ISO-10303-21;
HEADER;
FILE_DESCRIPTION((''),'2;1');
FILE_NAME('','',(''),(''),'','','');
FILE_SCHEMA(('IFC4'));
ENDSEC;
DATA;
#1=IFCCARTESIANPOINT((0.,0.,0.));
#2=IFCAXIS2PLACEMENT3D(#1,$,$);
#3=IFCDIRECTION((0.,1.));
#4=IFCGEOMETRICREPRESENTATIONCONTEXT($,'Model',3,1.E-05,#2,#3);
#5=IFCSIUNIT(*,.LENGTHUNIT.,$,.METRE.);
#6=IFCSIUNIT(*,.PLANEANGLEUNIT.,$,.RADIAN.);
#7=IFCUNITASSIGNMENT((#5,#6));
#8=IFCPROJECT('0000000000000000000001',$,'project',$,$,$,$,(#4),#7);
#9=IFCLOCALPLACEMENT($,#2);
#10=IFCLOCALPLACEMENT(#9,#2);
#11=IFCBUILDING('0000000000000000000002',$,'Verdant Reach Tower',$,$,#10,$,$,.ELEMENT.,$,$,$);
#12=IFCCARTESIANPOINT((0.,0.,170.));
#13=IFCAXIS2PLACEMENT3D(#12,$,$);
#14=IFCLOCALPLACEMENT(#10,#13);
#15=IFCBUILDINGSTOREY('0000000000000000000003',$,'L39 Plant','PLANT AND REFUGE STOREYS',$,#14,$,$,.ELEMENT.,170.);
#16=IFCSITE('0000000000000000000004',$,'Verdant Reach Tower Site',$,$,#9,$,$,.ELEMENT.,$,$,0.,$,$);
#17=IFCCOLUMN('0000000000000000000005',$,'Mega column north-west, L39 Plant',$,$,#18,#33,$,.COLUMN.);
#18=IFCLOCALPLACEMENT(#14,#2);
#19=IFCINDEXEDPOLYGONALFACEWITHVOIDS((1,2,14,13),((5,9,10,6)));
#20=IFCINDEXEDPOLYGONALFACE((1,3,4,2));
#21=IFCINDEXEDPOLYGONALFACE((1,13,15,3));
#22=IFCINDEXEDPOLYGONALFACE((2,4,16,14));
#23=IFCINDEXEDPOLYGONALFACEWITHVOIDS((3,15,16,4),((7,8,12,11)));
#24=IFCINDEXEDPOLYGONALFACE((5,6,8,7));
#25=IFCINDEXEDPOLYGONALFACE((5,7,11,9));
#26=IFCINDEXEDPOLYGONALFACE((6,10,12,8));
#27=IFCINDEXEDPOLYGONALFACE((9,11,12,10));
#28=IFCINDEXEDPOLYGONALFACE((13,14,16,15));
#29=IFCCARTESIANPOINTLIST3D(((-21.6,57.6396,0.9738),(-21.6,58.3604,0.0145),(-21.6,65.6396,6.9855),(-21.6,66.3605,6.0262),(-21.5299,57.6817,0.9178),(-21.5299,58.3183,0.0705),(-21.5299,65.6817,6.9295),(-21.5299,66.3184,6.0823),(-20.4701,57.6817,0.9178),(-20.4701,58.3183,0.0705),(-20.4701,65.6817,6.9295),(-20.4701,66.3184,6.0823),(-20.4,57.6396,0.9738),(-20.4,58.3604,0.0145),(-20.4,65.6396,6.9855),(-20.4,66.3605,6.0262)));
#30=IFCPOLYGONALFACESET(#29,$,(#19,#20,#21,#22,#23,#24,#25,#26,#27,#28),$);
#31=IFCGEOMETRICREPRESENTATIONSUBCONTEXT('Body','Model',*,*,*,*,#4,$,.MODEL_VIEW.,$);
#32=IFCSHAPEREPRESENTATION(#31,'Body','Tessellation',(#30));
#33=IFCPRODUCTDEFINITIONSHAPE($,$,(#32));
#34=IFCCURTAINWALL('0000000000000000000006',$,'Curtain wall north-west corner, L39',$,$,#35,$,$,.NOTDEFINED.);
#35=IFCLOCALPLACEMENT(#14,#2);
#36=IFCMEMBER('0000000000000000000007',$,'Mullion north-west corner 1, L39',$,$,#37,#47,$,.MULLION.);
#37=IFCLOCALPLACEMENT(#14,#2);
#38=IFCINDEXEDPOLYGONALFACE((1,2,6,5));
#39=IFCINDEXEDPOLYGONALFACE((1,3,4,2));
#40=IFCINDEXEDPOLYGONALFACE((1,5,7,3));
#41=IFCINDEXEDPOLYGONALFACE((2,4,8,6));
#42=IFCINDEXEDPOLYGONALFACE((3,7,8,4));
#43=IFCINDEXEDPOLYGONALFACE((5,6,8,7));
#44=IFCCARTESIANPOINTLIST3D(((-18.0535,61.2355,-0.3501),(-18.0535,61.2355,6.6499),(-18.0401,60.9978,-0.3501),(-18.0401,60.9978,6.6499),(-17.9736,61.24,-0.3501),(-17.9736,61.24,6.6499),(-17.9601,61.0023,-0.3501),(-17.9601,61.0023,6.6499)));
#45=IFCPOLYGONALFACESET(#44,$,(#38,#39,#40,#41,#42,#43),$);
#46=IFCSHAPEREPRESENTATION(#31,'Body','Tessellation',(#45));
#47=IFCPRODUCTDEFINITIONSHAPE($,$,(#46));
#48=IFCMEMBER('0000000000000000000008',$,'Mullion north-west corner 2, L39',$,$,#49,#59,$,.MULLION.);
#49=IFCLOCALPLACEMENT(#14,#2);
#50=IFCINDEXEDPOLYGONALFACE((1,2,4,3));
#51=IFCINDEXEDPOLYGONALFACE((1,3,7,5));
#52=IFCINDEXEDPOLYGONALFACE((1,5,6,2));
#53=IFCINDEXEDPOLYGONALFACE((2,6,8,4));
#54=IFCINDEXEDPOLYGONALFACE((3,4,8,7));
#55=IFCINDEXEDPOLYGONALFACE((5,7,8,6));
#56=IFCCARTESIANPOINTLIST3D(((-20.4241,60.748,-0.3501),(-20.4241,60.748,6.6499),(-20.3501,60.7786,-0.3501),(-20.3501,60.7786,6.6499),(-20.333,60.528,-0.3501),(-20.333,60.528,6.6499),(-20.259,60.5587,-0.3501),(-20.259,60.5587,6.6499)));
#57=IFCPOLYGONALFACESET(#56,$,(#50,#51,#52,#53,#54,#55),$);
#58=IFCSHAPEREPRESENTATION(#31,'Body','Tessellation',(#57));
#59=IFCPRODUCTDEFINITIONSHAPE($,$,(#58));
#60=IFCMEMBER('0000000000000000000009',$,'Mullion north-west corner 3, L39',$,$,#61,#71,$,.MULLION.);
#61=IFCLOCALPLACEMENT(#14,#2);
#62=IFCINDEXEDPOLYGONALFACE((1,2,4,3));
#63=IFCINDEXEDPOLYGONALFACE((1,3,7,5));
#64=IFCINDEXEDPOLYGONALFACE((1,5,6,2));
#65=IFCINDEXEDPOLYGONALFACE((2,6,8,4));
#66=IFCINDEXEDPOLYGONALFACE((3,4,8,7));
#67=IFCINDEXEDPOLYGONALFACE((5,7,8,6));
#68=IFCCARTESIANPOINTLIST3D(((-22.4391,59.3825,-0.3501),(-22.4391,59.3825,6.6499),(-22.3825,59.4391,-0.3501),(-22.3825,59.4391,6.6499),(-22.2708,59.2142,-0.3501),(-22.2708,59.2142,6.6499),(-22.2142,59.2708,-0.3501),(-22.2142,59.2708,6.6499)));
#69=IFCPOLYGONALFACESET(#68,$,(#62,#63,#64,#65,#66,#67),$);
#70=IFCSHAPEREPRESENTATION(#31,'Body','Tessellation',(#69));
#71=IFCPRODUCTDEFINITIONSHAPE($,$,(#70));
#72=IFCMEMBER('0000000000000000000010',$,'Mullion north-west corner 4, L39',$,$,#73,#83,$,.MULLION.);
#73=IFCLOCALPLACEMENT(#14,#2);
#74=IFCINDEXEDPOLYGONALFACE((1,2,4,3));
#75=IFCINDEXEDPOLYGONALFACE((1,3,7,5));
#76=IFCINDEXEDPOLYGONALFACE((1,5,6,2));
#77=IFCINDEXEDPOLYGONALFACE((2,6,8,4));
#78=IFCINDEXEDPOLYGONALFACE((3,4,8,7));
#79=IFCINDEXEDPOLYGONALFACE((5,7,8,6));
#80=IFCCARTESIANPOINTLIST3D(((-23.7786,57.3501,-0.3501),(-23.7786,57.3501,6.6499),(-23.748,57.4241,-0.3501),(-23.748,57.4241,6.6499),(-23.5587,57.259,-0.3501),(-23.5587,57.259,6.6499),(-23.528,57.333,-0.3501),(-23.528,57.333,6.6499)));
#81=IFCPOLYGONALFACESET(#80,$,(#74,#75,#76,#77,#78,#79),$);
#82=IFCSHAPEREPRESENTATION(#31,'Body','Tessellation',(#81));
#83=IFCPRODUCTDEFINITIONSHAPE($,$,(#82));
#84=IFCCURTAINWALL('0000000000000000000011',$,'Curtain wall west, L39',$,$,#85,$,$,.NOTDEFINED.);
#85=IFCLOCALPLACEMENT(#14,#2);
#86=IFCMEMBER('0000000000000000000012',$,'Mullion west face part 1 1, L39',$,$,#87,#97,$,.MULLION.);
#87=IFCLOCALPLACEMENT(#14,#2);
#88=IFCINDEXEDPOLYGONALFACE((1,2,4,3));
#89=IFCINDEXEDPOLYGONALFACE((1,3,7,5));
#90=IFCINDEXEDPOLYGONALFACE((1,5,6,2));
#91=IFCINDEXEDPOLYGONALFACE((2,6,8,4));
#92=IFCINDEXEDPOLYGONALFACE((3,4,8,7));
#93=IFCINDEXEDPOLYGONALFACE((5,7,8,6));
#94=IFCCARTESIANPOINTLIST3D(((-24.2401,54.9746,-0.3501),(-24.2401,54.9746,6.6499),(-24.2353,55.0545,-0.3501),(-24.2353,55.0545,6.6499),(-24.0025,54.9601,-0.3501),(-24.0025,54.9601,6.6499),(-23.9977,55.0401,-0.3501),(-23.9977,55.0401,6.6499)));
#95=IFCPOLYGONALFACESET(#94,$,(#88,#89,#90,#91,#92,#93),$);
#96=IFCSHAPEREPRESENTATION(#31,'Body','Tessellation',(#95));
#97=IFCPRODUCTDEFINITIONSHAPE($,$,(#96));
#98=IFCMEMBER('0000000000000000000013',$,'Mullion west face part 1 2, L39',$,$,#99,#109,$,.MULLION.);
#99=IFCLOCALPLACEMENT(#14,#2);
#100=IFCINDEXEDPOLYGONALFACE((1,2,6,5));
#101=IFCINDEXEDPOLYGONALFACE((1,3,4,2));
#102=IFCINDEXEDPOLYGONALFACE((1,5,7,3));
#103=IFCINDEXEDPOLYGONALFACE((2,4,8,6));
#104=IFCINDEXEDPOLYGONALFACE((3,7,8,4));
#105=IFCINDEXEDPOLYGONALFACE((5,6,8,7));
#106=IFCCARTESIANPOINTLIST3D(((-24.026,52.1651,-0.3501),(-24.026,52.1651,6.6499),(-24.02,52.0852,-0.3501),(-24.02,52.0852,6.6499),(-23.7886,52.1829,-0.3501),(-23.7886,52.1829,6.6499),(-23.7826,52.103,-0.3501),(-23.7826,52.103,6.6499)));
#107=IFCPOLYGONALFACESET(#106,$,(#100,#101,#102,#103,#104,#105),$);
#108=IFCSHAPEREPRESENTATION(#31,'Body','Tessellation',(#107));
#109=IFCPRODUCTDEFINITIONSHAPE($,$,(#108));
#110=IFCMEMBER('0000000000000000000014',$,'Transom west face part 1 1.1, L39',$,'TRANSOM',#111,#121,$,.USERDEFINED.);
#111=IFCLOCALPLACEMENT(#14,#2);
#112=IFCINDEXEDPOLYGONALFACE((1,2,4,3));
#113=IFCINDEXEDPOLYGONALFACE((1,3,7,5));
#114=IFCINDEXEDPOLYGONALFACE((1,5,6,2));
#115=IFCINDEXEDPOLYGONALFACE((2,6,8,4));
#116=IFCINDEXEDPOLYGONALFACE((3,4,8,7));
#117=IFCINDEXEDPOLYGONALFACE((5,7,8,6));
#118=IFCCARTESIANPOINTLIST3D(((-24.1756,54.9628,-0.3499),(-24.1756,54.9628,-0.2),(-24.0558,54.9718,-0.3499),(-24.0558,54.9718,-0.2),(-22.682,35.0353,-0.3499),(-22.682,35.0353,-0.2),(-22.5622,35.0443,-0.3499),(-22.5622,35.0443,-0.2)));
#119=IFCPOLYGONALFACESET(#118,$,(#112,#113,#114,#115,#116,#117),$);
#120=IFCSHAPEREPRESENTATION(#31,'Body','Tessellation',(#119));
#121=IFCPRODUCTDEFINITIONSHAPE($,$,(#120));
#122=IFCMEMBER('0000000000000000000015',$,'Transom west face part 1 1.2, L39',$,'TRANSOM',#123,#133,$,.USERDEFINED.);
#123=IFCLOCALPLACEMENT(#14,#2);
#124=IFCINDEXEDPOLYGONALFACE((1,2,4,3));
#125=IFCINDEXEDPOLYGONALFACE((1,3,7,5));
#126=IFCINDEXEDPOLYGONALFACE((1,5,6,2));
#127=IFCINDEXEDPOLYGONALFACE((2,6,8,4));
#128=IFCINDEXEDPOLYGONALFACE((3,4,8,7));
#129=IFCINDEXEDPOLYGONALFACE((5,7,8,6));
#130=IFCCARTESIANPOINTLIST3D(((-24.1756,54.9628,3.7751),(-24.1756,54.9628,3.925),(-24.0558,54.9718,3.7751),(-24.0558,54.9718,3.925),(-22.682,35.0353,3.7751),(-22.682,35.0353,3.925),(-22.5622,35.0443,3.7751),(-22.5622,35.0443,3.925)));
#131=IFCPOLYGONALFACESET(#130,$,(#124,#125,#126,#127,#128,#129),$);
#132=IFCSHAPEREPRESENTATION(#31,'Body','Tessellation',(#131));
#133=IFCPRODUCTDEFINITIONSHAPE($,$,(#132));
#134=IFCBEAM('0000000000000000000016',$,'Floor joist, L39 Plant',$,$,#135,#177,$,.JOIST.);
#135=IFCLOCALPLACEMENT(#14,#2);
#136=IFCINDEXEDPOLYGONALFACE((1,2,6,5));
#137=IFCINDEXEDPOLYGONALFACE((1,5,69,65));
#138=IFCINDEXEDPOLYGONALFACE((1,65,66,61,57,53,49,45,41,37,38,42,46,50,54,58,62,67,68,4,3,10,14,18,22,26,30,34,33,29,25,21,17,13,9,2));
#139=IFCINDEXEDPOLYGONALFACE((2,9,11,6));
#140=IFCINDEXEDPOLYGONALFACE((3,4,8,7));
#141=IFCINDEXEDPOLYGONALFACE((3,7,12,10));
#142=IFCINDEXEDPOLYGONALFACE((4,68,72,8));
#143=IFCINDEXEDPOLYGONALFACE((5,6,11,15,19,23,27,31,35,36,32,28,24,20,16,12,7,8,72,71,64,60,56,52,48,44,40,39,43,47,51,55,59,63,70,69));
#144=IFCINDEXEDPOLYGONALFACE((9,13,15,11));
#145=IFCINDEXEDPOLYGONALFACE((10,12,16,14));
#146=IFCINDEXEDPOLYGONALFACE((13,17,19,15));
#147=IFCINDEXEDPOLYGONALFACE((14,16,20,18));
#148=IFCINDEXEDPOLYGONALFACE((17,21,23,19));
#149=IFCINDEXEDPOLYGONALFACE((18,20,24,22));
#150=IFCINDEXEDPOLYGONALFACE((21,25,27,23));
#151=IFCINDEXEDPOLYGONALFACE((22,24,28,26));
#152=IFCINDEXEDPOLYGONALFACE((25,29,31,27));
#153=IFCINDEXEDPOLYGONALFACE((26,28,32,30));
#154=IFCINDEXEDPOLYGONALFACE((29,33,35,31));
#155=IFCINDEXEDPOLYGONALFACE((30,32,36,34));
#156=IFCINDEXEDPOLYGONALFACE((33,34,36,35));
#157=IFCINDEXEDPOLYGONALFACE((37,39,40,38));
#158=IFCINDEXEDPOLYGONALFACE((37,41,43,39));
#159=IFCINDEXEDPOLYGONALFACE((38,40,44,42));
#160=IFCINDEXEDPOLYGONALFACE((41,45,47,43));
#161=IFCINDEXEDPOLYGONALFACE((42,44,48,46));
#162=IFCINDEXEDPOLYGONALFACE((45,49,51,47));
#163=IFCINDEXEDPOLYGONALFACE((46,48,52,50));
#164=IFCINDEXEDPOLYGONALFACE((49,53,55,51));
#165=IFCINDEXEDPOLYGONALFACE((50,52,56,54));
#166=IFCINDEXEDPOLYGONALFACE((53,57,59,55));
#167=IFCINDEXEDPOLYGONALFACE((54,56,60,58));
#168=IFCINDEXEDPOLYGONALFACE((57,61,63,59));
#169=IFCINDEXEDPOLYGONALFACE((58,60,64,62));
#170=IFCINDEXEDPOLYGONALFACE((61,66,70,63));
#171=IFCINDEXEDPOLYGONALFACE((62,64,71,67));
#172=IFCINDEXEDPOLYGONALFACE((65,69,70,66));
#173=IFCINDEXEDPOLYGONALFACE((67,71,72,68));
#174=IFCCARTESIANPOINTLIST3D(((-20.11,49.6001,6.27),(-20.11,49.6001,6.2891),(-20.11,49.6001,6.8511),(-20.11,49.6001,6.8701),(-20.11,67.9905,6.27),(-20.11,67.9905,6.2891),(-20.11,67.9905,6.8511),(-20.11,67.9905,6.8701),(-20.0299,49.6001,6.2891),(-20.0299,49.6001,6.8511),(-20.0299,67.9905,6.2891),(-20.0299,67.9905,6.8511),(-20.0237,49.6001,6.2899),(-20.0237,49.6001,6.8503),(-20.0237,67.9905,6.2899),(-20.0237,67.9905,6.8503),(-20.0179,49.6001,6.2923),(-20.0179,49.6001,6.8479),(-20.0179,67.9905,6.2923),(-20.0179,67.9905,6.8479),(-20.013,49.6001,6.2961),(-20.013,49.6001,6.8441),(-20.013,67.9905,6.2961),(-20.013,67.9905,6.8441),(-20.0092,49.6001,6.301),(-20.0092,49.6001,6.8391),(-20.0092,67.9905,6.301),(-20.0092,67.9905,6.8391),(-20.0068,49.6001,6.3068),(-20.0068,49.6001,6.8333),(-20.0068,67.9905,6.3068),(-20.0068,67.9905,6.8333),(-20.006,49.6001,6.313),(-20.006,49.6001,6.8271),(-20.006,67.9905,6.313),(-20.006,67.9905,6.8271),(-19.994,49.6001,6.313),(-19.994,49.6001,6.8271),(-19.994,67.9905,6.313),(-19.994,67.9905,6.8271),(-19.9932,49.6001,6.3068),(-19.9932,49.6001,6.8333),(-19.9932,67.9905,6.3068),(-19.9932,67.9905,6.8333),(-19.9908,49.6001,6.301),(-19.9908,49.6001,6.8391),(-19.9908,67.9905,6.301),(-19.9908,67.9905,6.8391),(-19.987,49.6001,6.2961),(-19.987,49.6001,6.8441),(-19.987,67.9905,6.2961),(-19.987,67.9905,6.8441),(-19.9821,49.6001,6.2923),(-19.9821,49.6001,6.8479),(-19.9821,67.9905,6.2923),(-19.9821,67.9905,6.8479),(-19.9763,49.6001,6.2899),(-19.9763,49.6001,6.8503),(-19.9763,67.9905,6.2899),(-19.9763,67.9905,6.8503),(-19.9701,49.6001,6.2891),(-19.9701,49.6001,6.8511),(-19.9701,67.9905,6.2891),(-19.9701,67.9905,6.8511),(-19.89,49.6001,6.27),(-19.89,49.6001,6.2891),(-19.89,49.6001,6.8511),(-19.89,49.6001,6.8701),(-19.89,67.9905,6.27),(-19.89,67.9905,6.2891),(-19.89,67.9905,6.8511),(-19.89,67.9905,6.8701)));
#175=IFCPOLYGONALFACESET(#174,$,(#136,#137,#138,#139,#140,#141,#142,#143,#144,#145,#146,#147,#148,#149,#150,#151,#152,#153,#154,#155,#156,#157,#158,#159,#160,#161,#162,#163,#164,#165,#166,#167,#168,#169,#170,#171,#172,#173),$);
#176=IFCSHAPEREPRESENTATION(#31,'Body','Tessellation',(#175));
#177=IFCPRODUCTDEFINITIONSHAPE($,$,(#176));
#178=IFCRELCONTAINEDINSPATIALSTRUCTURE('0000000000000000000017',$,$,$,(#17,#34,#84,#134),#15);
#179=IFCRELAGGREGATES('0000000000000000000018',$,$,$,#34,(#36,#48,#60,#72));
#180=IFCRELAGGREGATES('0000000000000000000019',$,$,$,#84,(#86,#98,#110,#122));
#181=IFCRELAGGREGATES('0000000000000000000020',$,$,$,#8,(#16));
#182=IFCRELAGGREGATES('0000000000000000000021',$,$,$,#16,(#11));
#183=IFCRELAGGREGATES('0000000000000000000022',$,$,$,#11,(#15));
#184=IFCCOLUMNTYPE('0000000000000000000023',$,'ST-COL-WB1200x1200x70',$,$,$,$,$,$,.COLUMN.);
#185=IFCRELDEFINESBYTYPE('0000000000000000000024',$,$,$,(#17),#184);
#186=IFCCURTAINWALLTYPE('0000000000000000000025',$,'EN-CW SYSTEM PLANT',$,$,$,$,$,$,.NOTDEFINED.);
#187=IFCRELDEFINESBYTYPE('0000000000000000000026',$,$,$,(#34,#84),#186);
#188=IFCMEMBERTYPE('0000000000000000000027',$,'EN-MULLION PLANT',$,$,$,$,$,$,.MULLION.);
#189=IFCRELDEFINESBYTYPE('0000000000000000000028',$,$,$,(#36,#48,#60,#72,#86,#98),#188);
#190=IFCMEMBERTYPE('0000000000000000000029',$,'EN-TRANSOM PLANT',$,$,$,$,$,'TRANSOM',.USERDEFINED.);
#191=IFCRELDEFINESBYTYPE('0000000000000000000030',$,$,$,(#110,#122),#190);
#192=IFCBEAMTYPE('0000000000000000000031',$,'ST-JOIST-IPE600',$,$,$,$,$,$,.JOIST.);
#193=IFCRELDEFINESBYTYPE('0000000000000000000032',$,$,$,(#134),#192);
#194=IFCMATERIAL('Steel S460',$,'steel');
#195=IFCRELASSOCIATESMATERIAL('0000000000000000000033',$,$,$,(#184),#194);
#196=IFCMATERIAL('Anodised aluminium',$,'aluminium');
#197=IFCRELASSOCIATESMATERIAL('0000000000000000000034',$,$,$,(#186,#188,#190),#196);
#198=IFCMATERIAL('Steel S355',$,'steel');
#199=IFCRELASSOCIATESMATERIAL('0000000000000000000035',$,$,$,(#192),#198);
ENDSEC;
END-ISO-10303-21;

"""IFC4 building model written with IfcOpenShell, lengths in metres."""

from ifc_helpers import new_model, si_unit, direction, frame, origin, origin_2d, place, context, subcontext, project, spatial, rectangle, hollow_rectangle, i_section, extrude, material, material_profile, profile_set, type_object, element, aggregate, save


model = new_model("IFC4")

# Units and contexts
model_context = context("Model", 3, precision=1e-05, world=origin(), true_north=direction((0.0, 1.0)))
body_context = subcontext(model_context, "Body", "Model", "MODEL_VIEW")
ifc_project = project(units=[si_unit("LENGTHUNIT", "METRE"), si_unit("PLANEANGLEUNIT", "RADIAN")], contexts=[model_context])

# Site, building, storey
site_placement = place(None, origin())
site = spatial("IfcSite", under=ifc_project, at=site_placement, Name="Verdant Reach Tower Site", CompositionType="ELEMENT", RefElevation=0.0)
building_placement = place(site_placement, origin())
building = spatial("IfcBuilding", under=site, at=building_placement, Name="Verdant Reach Tower", CompositionType="ELEMENT")
storey_placement = place(building_placement, frame((0.0, 0.0, 170.0)))
storey = spatial("IfcBuildingStorey", under=building, at=storey_placement, Name="L39 Plant", Description="PLANT AND REFUGE STOREYS", CompositionType="ELEMENT", Elevation=170.0)

# Column
ifc_material_1 = material(Name="Steel S460", Category="steel")
ifc_material_profile_1 = material_profile(ifc_material_1, hollow_rectangle(XDim=1.2, YDim=1.2, WallThickness=0.0701, at=origin_2d()), Name="WB 1200x1200x70")
ifc_profile_set_1 = profile_set([ifc_material_profile_1], Name="Steel S460")
column_type = type_object("IfcColumnType", Name="ST-COL-WB1200x1200x70", PredefinedType="COLUMN", material=ifc_profile_set_1)
column_placement = place(storey_placement, frame((-21.0, 58.0, 0.4941), z_axis=(0.0, 0.799438, 0.600749), x_axis=(-1.0, 0.0, 0.0)))
element("IfcColumn", 1, at=column_placement, inside=storey, type_object=column_type, Name="Mega column north-west, L39 Plant", PredefinedType="COLUMN", context=body_context, shape_type="SweptSolid", body=[
    extrude(hollow_rectangle(XDim=1.2, YDim=1.2, WallThickness=0.0701, at=origin_2d()), origin(), (0.0, 0.0, 1.0), 10.0071),
])

# Curtain walls, members
ifc_material_2 = material(Name="Anodised aluminium", Category="aluminium")
curtain_wall_type = type_object("IfcCurtainWallType", Name="EN-CW SYSTEM PLANT", PredefinedType="NOTDEFINED", material=ifc_material_2)
curtain_wall_1_placement = place(storey_placement, origin())
curtain_wall_1 = element("IfcCurtainWall", 2, at=curtain_wall_1_placement, inside=storey, type_object=curtain_wall_type, Name="Curtain wall north-west corner, L39", PredefinedType="NOTDEFINED")
ifc_material_profile_2 = material_profile(ifc_material_2, rectangle(XDim=0.238, YDim=0.0801, at=origin_2d()), Name="Mullion 80x240")
ifc_profile_set_2 = profile_set([ifc_material_profile_2], Name="Anodised aluminium")
member_type_1 = type_object("IfcMemberType", Name="EN-MULLION PLANT", PredefinedType="MULLION", material=ifc_profile_set_2)
member_1_placement = place(storey_placement, frame((-18.0068, 61.1189, -0.3501), z_axis=(0.0, 0.0, 1.0), x_axis=(-0.056569, 0.998399, 0.0)))
member_1 = element("IfcMember", 3, at=member_1_placement, type_object=member_type_1, Name="Mullion north-west corner 1, L39", PredefinedType="MULLION", context=body_context, shape_type="SweptSolid", body=[
    extrude(rectangle(XDim=0.238, YDim=0.0801, at=origin_2d()), origin(), (0.0, 0.0, 1.0), 7.0),
])
member_2_placement = place(storey_placement, frame((-20.3416, 60.6533, -0.3501), z_axis=(0.0, 0.0, 1.0), x_axis=(-0.382694, 0.923875, 0.0)))
member_2 = element("IfcMember", 4, at=member_2_placement, type_object=member_type_1, Name="Mullion north-west corner 2, L39", PredefinedType="MULLION", context=body_context, shape_type="SweptSolid", body=[
    extrude(rectangle(XDim=0.238, YDim=0.0801, at=origin_2d()), origin(), (0.0, 0.0, 1.0), 7.0),
])
member_3_placement = place(storey_placement, frame((-22.3267, 59.3267, -0.3501), z_axis=(0.0, 0.0, 1.0), x_axis=(-0.707107, 0.707107, 0.0)))
member_3 = element("IfcMember", 5, at=member_3_placement, type_object=member_type_1, Name="Mullion north-west corner 3, L39", PredefinedType="MULLION", context=body_context, shape_type="SweptSolid", body=[
    extrude(rectangle(XDim=0.238, YDim=0.0801, at=origin_2d()), origin(), (0.0, 0.0, 1.0), 7.0),
])
member_4_placement = place(storey_placement, frame((-23.6533, 57.3416, -0.3501), z_axis=(0.0, 0.0, 1.0), x_axis=(-0.923875, 0.382694, 0.0)))
member_4 = element("IfcMember", 6, at=member_4_placement, type_object=member_type_1, Name="Mullion north-west corner 4, L39", PredefinedType="MULLION", context=body_context, shape_type="SweptSolid", body=[
    extrude(rectangle(XDim=0.238, YDim=0.0801, at=origin_2d()), origin(), (0.0, 0.0, 1.0), 7.0),
])
curtain_wall_2_placement = place(storey_placement, origin())
curtain_wall_2 = element("IfcCurtainWall", 7, at=curtain_wall_2_placement, inside=storey, type_object=curtain_wall_type, Name="Curtain wall west, L39", PredefinedType="NOTDEFINED")
member_5_placement = place(storey_placement, frame((-24.1189, 55.0073, -0.3501), z_axis=(0.0, 0.0, 1.0), x_axis=(-0.998156, 0.060703, 0.0)))
member_5 = element("IfcMember", 8, at=member_5_placement, type_object=member_type_1, Name="Mullion west face part 1 1, L39", PredefinedType="MULLION", context=body_context, shape_type="SweptSolid", body=[
    extrude(rectangle(XDim=0.238, YDim=0.0801, at=origin_2d()), origin(), (0.0, 0.0, 1.0), 7.0),
])
member_6_placement = place(storey_placement, frame((-23.9043, 52.134, -0.3501), z_axis=(0.0, 0.0, 1.0), x_axis=(-0.997199, -0.07479, 0.0)))
member_6 = element("IfcMember", 9, at=member_6_placement, type_object=member_type_1, Name="Mullion west face part 1 2, L39", PredefinedType="MULLION", context=body_context, shape_type="SweptSolid", body=[
    extrude(rectangle(XDim=0.238, YDim=0.0801, at=origin_2d()), origin(), (0.0, 0.0, 1.0), 7.0),
])
ifc_material_profile_3 = material_profile(ifc_material_2, rectangle(XDim=0.1201, YDim=0.1499, at=origin_2d()), Name="Transom 150x120")
ifc_profile_set_3 = profile_set([ifc_material_profile_3], Name="Anodised aluminium")
member_type_2 = type_object("IfcMemberType", Name="EN-TRANSOM PLANT", ElementType="TRANSOM", PredefinedType="USERDEFINED", material=ifc_profile_set_3)
member_7_placement = place(storey_placement, frame((-24.1157, 54.9673, -0.2749), z_axis=(0.074745, -0.997203, 0.0), x_axis=(0.997203, 0.074745, 0.0)))
member_7 = element("IfcMember", 10, at=member_7_placement, type_object=member_type_2, Name="Transom west face part 1 1.1, L39", ObjectType="TRANSOM", PredefinedType="USERDEFINED", context=body_context, shape_type="SweptSolid", body=[
    extrude(rectangle(XDim=0.1201, YDim=0.1499, at=origin_2d()), origin(), (0.0, 0.0, 1.0), 19.9834),
])
member_8_placement = place(storey_placement, frame((-24.1157, 54.9673, 3.8501), z_axis=(0.074745, -0.997203, 0.0), x_axis=(0.997203, 0.074745, 0.0)))
member_8 = element("IfcMember", 11, at=member_8_placement, type_object=member_type_2, Name="Transom west face part 1 1.2, L39", ObjectType="TRANSOM", PredefinedType="USERDEFINED", context=body_context, shape_type="SweptSolid", body=[
    extrude(rectangle(XDim=0.1201, YDim=0.1499, at=origin_2d()), origin(), (0.0, 0.0, 1.0), 19.9834),
])

# Beam
ifc_material_3 = material(Name="Steel S355", Category="steel")
ifc_material_profile_4 = material_profile(ifc_material_3, i_section(OverallWidth=0.22, OverallDepth=0.6001, WebThickness=0.012, FlangeThickness=0.019, FilletRadius=0.0239, at=origin_2d()), Name="IPE 600")
ifc_profile_set_4 = profile_set([ifc_material_profile_4], Name="Steel S355")
beam_type_1 = type_object("IfcBeamType", Name="ST-JOIST-IPE600", PredefinedType="JOIST", material=ifc_profile_set_4)
beam_1_placement = place(storey_placement, frame((-20.0, 49.6001, 6.5701), z_axis=(0.0, 1.0, 0.0), x_axis=(-1.0, 0.0, 0.0)))
element("IfcBeam", 12, at=beam_1_placement, inside=storey, type_object=beam_type_1, Name="Floor joist, L39 Plant", PredefinedType="JOIST", context=body_context, shape_type="SweptSolid", body=[
    extrude(i_section(OverallWidth=0.22, OverallDepth=0.6001, WebThickness=0.012, FlangeThickness=0.019, FilletRadius=0.0239, at=origin_2d()), origin(), (0.0, 0.0, 1.0), 18.3904),
])

aggregate(curtain_wall_1, [member_1, member_2, member_3, member_4])
aggregate(curtain_wall_2, [member_5, member_6, member_7, member_8])

save(model, "model.ifc")
